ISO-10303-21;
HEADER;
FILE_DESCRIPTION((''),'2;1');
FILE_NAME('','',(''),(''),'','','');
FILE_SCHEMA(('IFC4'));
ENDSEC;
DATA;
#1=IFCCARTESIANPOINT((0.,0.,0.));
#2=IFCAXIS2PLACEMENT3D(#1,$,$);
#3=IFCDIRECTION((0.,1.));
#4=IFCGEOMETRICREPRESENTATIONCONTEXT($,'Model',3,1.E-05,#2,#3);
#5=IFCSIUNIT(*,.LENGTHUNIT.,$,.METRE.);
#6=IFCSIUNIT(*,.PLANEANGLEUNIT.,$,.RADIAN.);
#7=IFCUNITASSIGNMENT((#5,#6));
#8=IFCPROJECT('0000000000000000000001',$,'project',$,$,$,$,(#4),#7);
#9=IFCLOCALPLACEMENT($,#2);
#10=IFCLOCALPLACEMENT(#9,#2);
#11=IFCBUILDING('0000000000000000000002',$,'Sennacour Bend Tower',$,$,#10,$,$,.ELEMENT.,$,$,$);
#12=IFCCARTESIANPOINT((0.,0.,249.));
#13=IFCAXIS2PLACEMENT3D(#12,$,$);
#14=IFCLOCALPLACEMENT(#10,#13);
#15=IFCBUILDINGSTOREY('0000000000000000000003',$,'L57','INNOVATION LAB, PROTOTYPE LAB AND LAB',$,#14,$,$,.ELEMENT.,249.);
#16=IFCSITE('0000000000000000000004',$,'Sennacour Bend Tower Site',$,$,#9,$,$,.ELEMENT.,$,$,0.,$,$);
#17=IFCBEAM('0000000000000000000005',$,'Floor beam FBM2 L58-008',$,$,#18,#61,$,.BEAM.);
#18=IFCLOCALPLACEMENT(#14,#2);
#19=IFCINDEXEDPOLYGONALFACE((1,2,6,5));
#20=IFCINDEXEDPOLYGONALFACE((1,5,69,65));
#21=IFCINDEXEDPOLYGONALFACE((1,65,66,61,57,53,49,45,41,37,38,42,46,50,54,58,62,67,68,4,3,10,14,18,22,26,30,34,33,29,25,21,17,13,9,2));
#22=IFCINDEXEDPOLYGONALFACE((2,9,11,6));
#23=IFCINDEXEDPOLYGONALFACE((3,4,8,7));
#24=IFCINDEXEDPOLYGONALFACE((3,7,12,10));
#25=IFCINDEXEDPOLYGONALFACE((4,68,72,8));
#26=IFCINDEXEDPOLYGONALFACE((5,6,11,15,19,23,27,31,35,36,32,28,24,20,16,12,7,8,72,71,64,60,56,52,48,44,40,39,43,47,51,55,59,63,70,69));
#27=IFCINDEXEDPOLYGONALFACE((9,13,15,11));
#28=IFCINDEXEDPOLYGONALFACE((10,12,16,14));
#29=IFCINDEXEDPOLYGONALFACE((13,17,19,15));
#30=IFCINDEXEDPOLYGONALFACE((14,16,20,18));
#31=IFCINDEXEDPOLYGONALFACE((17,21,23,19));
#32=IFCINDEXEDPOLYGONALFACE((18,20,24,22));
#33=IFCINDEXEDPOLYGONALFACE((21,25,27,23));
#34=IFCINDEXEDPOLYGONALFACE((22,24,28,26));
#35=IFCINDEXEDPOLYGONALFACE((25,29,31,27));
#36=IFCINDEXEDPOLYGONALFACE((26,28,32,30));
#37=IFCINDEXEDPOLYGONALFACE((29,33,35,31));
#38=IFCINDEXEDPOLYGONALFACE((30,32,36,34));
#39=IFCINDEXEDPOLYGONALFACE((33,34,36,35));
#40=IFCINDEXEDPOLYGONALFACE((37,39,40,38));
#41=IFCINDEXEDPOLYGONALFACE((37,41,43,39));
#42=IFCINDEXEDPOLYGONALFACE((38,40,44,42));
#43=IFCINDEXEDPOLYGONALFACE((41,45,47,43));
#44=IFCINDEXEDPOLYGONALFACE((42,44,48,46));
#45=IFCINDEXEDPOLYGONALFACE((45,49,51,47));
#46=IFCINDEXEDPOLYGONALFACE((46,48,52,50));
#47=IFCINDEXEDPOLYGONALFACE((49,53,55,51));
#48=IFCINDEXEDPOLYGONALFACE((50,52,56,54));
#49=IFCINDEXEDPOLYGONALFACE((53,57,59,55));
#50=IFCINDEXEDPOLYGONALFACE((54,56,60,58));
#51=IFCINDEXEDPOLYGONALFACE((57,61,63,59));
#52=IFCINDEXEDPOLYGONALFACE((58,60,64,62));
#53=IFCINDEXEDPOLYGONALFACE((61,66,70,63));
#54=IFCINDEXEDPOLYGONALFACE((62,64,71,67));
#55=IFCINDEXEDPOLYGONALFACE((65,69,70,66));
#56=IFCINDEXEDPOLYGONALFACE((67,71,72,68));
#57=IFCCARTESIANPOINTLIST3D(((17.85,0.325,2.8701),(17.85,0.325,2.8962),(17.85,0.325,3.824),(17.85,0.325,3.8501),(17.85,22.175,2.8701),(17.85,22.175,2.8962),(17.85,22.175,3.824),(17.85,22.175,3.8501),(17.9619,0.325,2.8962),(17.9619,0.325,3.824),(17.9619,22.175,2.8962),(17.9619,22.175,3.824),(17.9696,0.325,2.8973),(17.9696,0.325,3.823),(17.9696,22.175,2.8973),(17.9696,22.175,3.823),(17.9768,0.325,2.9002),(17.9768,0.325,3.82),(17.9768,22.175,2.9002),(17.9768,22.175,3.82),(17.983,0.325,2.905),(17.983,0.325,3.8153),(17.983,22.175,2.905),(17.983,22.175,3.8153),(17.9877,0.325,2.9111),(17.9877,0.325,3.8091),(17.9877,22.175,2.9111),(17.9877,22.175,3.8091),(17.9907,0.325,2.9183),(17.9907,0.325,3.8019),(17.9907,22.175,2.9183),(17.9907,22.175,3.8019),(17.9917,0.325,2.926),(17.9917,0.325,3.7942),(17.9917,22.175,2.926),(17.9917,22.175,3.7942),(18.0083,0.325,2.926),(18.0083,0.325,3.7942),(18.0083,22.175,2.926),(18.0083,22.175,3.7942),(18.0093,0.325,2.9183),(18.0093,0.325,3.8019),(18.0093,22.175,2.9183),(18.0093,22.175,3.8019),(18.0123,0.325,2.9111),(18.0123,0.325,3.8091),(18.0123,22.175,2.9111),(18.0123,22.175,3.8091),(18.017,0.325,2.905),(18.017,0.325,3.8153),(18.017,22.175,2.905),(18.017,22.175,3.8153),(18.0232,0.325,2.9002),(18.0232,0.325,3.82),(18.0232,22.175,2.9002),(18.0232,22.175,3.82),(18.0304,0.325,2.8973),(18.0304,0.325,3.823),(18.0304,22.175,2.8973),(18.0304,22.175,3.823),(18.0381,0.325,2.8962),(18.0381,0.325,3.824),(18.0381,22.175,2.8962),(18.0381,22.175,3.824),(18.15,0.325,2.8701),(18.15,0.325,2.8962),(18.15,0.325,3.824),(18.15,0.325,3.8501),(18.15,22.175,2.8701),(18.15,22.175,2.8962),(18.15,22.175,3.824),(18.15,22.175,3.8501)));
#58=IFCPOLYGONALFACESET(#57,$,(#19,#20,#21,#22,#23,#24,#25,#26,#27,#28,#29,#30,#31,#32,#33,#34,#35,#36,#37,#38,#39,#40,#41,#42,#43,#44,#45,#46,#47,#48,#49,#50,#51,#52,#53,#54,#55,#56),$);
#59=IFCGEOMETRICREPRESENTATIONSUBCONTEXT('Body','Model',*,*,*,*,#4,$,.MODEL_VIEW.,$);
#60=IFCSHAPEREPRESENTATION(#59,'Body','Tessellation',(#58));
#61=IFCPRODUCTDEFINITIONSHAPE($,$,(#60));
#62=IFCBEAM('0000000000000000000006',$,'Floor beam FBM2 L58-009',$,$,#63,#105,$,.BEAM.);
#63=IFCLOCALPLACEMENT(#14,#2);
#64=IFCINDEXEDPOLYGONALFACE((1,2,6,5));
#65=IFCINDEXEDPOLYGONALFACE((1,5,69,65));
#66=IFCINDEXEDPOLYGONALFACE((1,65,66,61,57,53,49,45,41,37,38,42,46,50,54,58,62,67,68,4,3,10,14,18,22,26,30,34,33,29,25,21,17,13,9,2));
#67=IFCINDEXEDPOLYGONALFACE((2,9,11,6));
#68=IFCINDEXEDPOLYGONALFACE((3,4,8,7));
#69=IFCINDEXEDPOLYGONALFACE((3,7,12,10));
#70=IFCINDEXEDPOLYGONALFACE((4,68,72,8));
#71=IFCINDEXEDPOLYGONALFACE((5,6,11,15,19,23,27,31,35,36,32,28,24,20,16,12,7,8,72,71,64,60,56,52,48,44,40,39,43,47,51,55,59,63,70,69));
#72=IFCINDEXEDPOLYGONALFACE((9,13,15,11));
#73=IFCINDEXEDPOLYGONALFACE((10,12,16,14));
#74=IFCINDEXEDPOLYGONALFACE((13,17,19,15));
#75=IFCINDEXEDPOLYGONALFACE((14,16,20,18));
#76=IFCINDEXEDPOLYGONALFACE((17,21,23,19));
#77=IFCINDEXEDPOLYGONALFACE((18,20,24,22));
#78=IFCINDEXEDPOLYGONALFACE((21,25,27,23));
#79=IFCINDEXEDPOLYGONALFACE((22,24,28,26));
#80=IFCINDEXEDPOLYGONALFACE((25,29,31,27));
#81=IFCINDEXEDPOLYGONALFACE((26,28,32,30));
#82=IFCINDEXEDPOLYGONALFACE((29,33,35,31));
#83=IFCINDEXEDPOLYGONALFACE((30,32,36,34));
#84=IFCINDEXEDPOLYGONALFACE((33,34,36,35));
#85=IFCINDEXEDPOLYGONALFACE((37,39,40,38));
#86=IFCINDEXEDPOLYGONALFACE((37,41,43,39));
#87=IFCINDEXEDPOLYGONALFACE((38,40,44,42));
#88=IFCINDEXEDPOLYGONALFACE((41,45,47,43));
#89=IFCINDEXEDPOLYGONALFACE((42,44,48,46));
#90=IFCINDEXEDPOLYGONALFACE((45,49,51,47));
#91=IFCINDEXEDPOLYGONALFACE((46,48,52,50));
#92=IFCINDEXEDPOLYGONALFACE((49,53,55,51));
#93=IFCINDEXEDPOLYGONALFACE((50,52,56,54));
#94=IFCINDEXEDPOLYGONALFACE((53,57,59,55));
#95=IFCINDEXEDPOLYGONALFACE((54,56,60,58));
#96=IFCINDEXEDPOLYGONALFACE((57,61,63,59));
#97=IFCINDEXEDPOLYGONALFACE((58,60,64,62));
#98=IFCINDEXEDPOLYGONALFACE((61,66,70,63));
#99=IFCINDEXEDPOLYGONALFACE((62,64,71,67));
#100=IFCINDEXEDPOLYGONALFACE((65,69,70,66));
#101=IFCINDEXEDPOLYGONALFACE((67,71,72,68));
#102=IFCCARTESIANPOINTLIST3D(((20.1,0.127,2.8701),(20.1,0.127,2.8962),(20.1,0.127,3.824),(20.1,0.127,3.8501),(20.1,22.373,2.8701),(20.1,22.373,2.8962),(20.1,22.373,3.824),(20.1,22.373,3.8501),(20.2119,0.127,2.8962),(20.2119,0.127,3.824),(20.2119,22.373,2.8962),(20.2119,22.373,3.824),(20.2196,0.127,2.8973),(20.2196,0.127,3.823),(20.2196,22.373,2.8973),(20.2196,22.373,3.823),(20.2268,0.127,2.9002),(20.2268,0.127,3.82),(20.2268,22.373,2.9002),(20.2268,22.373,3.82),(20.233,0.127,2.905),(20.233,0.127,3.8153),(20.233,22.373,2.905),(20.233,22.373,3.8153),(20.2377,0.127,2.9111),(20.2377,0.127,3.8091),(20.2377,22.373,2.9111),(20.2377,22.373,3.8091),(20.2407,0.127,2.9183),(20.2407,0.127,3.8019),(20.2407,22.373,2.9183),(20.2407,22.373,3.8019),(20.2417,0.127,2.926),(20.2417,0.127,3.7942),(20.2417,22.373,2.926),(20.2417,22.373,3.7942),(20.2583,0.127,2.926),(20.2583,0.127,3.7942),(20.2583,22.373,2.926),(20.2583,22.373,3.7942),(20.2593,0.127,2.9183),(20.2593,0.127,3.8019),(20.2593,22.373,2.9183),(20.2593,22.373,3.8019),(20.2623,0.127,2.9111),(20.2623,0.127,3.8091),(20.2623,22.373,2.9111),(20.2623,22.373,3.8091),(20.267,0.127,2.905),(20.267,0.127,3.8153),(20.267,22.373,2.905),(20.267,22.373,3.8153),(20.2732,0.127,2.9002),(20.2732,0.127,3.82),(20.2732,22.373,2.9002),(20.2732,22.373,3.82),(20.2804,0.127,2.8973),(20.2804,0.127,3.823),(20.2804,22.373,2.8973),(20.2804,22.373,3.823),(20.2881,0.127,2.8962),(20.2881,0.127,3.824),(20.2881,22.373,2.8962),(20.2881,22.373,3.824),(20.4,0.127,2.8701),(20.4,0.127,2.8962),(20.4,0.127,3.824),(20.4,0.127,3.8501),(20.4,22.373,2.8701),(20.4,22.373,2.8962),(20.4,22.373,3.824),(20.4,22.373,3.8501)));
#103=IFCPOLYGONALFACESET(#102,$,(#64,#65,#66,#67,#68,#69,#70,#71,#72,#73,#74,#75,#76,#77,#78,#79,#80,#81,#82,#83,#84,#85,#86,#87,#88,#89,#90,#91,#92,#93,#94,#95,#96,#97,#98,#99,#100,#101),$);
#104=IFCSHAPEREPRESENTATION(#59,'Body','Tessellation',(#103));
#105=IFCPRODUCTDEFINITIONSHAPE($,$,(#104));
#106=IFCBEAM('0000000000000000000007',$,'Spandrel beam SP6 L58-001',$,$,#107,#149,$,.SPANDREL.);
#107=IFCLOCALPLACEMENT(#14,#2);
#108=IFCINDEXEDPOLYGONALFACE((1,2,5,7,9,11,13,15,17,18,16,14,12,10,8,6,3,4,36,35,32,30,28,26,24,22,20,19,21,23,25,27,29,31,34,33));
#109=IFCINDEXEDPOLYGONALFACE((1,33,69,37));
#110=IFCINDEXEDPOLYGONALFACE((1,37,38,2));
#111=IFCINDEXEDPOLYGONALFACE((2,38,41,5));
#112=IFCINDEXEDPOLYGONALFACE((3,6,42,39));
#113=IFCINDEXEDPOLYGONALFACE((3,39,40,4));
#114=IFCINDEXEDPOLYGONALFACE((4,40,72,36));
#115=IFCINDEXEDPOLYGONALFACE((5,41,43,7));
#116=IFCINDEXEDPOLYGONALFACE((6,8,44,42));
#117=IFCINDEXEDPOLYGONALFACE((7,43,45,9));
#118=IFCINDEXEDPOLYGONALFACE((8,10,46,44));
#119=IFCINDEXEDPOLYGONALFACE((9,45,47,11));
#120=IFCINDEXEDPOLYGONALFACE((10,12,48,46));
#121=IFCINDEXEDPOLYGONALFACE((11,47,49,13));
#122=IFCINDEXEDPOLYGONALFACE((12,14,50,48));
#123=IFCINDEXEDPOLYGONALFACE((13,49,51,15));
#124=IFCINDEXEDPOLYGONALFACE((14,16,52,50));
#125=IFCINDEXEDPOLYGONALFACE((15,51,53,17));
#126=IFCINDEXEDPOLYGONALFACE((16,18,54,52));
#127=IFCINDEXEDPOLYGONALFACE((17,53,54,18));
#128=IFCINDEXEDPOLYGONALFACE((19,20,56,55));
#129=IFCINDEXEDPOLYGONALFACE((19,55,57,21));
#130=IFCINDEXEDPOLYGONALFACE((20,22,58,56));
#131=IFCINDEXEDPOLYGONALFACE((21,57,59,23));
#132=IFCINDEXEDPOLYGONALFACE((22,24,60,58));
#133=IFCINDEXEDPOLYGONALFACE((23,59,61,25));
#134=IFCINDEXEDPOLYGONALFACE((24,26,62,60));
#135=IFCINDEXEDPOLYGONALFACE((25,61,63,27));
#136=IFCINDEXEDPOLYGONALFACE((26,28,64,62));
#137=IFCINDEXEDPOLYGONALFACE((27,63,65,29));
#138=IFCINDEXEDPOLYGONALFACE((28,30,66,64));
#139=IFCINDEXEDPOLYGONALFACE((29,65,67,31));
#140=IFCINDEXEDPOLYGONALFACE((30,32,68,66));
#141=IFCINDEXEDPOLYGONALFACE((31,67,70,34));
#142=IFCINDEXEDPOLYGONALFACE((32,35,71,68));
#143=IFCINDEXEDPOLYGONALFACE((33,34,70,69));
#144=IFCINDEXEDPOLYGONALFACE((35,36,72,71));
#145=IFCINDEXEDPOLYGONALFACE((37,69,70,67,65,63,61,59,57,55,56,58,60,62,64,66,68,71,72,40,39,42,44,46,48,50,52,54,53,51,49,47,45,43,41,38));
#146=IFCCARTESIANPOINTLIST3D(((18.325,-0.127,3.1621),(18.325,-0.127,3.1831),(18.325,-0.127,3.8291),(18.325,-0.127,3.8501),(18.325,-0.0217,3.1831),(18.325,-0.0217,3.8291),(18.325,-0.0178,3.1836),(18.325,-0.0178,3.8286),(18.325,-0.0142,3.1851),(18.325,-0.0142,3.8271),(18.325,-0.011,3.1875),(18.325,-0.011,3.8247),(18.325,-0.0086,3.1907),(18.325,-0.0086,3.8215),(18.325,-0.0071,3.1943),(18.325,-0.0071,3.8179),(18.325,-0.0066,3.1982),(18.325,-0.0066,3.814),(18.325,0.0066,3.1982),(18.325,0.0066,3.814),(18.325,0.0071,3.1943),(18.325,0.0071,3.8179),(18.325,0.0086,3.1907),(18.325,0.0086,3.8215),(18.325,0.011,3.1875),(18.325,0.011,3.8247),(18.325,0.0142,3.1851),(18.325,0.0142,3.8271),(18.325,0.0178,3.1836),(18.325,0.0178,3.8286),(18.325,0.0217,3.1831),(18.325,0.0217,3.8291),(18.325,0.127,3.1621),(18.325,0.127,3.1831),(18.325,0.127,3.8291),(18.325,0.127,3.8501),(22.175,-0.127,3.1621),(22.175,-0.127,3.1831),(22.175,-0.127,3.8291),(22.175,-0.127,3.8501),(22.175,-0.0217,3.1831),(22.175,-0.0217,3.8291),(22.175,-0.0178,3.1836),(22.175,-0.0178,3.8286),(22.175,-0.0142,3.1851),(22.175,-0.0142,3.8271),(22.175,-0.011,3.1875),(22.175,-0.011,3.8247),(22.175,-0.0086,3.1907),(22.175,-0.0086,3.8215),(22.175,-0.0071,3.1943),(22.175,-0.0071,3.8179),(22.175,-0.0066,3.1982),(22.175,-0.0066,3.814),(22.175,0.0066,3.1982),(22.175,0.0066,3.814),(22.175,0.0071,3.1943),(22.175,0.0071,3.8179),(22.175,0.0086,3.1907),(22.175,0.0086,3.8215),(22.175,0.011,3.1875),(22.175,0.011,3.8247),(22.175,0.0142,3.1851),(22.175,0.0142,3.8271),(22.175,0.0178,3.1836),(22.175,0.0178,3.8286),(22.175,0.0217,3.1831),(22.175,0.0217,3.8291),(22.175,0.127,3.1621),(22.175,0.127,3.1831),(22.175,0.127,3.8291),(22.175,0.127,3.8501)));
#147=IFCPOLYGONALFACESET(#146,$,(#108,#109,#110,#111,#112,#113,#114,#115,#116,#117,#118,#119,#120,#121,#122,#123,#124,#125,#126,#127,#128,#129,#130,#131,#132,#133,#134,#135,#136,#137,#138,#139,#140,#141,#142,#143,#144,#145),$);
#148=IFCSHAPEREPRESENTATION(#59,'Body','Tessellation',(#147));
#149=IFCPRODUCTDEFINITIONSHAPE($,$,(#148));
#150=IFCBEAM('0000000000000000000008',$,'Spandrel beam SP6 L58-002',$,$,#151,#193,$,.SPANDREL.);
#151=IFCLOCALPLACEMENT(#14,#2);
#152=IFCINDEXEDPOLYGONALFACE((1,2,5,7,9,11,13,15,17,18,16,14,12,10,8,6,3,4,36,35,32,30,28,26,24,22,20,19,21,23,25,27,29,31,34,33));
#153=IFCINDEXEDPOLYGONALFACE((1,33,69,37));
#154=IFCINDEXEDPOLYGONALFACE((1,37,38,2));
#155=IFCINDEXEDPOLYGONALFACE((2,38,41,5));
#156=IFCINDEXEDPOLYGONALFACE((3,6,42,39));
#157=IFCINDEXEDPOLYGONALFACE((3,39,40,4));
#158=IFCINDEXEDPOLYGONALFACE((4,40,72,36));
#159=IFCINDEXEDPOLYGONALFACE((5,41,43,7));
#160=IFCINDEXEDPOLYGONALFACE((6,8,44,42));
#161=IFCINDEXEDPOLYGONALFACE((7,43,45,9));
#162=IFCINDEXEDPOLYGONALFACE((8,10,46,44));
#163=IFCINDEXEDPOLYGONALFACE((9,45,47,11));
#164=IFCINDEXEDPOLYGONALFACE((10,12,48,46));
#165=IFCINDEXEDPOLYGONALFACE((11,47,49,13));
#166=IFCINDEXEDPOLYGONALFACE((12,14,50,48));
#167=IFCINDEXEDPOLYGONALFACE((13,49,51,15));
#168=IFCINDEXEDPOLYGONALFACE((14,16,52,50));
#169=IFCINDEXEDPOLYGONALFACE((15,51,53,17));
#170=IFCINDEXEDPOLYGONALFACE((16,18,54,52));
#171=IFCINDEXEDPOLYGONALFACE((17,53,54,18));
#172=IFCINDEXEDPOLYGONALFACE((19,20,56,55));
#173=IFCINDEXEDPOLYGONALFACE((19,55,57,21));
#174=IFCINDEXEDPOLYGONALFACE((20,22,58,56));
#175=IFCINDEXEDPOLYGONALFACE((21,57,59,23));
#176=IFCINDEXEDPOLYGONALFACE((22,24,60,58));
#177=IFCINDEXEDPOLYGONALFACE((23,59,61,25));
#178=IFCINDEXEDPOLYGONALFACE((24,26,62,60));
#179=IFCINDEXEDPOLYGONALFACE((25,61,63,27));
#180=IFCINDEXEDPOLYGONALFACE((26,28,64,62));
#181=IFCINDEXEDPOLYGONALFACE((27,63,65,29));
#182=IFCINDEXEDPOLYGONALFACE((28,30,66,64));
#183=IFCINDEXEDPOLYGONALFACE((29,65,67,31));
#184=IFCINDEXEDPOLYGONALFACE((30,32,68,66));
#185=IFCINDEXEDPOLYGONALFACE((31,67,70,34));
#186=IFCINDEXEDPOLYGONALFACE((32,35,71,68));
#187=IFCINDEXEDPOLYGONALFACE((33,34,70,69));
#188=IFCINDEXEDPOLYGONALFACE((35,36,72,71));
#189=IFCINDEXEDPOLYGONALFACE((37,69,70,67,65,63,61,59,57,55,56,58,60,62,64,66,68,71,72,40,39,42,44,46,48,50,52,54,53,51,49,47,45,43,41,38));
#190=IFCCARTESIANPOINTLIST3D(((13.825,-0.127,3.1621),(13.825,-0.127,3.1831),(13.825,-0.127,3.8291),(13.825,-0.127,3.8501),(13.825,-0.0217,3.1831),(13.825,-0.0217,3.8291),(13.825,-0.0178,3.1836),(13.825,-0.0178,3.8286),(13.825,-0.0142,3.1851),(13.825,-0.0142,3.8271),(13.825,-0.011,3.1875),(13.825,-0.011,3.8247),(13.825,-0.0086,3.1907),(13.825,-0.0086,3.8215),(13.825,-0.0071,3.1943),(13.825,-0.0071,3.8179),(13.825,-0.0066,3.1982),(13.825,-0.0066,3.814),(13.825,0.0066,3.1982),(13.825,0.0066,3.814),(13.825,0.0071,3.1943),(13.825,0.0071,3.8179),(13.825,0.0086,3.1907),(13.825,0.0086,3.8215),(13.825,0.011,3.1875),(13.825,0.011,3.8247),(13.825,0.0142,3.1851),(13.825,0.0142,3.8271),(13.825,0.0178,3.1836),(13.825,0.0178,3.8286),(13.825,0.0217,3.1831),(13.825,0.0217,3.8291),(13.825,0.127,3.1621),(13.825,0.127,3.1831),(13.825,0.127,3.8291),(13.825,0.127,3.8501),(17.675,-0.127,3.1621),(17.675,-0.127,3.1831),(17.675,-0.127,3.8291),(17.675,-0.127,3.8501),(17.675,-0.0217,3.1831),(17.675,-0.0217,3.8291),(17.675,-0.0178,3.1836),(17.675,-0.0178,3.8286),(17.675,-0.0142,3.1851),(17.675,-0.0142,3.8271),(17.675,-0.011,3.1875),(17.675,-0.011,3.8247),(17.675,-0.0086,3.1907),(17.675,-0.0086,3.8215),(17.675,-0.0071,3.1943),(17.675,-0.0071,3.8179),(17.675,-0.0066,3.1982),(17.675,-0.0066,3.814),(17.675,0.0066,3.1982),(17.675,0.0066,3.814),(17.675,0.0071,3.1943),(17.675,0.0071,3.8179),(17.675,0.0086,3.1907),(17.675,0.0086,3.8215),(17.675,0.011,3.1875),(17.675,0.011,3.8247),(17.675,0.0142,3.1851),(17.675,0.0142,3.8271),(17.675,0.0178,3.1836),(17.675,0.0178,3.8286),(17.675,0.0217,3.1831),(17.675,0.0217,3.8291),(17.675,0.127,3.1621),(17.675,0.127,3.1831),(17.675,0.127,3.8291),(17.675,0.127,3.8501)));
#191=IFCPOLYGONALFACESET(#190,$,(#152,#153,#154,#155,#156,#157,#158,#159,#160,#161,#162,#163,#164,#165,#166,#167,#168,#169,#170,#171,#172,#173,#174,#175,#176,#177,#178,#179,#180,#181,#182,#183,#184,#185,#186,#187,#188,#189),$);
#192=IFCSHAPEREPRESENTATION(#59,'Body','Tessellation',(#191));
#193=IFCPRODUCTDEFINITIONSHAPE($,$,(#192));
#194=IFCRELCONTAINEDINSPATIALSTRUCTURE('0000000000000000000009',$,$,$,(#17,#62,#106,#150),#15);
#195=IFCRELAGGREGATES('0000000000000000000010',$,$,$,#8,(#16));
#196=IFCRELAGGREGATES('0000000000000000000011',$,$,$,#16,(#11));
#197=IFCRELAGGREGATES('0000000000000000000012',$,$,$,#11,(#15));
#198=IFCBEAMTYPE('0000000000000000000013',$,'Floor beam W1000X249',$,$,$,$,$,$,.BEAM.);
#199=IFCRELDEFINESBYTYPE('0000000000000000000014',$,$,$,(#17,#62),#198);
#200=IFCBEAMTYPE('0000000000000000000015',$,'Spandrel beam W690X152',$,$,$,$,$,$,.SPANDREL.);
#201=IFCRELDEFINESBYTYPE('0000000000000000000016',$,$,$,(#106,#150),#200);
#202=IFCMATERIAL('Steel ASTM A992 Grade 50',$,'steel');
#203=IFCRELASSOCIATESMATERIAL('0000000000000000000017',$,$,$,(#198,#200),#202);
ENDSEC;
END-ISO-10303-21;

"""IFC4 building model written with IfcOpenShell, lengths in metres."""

from ifc_helpers import new_model, si_unit, direction, frame, origin, origin_2d, place, context, subcontext, project, spatial, i_section, extrude, material, material_profile, profile_set, type_object, element, save


model = new_model("IFC4")

# Units and contexts
model_context = context("Model", 3, precision=1e-05, world=origin(), true_north=direction((0.0, 1.0)))
body_context = subcontext(model_context, "Body", "Model", "MODEL_VIEW")
ifc_project = project(units=[si_unit("LENGTHUNIT", "METRE"), si_unit("PLANEANGLEUNIT", "RADIAN")], contexts=[model_context])

# Site, building, storey
site_placement = place(None, origin())
site = spatial("IfcSite", under=ifc_project, at=site_placement, Name="Sennacour Bend Tower Site", CompositionType="ELEMENT", RefElevation=0.0)
building_placement = place(site_placement, origin())
building = spatial("IfcBuilding", under=site, at=building_placement, Name="Sennacour Bend Tower", CompositionType="ELEMENT")
storey_placement = place(building_placement, frame((0.0, 0.0, 249.0)))
storey = spatial("IfcBuildingStorey", under=building, at=storey_placement, Name="L57", Description="INNOVATION LAB, PROTOTYPE LAB AND LAB", CompositionType="ELEMENT", Elevation=249.0)

# Beams
ifc_material_1 = material(Name="Steel ASTM A992 Grade 50", Category="steel")
ifc_material_profile_1 = material_profile(ifc_material_1, i_section(OverallWidth=0.3, OverallDepth=0.98, WebThickness=0.0166, FlangeThickness=0.0261, FilletRadius=0.0298, at=origin_2d()), Name="Steel ASTM A992 Grade 50", Category="steel")
ifc_profile_set_1 = profile_set([ifc_material_profile_1], Name="Steel ASTM A992 Grade 50")
beam_type_1 = type_object("IfcBeamType", Name="Floor beam W1000X249", PredefinedType="BEAM", material=ifc_profile_set_1)
beam_1_placement = place(storey_placement, frame((18.0, 0.325, 3.3601), z_axis=(0.0, 1.0, 0.0), x_axis=(-1.0, 0.0, 0.0)))
element("IfcBeam", 1, at=beam_1_placement, inside=storey, type_object=beam_type_1, Name="Floor beam FBM2 L58-008", PredefinedType="BEAM", context=body_context, shape_type="SweptSolid", body=[
    extrude(i_section(OverallWidth=0.3, OverallDepth=0.98, WebThickness=0.0166, FlangeThickness=0.0261, FilletRadius=0.0298, at=origin_2d()), origin(), (0.0, 0.0, 1.0), 21.8501),
])
beam_2_placement = place(storey_placement, frame((20.25, 0.127, 3.3601), z_axis=(0.0, 1.0, 0.0), x_axis=(-1.0, 0.0, 0.0)))
element("IfcBeam", 2, at=beam_2_placement, inside=storey, type_object=beam_type_1, Name="Floor beam FBM2 L58-009", PredefinedType="BEAM", context=body_context, shape_type="SweptSolid", body=[
    extrude(i_section(OverallWidth=0.3, OverallDepth=0.98, WebThickness=0.0166, FlangeThickness=0.0261, FilletRadius=0.0298, at=origin_2d()), origin(), (0.0, 0.0, 1.0), 22.2461),
])
ifc_material_profile_2 = material_profile(ifc_material_1, i_section(OverallWidth=0.2539, OverallDepth=0.688, WebThickness=0.0132, FlangeThickness=0.021, FilletRadius=0.0151, at=origin_2d()), Name="Steel ASTM A992 Grade 50", Category="steel")
ifc_profile_set_2 = profile_set([ifc_material_profile_2], Name="Steel ASTM A992 Grade 50")
beam_type_2 = type_object("IfcBeamType", Name="Spandrel beam W690X152", PredefinedType="SPANDREL", material=ifc_profile_set_2)
for number, where, z_axis, x_axis, name in (
    (3, (22.175, 0.0, 3.5061), (-1.0, 0.0, 0.0), (0.0, -1.0, 0.0), "Spandrel beam SP6 L58-001"),
    (4, (17.675, 0.0, 3.5061), (-1.0, 0.0, 0.0), (0.0, -1.0, 0.0), "Spandrel beam SP6 L58-002"),
):
    element("IfcBeam", number, at=place(storey_placement, frame(where, z_axis=z_axis, x_axis=x_axis)), inside=storey, type_object=beam_type_2, Name=name, PredefinedType="SPANDREL", context=body_context, shape_type="SweptSolid", body=[
        extrude(i_section(OverallWidth=0.2539, OverallDepth=0.688, WebThickness=0.0132, FlangeThickness=0.021, FilletRadius=0.0151, at=origin_2d()), origin(), (0.0, 0.0, 1.0), 3.8501),
    ])

save(model, "model.ifc")
